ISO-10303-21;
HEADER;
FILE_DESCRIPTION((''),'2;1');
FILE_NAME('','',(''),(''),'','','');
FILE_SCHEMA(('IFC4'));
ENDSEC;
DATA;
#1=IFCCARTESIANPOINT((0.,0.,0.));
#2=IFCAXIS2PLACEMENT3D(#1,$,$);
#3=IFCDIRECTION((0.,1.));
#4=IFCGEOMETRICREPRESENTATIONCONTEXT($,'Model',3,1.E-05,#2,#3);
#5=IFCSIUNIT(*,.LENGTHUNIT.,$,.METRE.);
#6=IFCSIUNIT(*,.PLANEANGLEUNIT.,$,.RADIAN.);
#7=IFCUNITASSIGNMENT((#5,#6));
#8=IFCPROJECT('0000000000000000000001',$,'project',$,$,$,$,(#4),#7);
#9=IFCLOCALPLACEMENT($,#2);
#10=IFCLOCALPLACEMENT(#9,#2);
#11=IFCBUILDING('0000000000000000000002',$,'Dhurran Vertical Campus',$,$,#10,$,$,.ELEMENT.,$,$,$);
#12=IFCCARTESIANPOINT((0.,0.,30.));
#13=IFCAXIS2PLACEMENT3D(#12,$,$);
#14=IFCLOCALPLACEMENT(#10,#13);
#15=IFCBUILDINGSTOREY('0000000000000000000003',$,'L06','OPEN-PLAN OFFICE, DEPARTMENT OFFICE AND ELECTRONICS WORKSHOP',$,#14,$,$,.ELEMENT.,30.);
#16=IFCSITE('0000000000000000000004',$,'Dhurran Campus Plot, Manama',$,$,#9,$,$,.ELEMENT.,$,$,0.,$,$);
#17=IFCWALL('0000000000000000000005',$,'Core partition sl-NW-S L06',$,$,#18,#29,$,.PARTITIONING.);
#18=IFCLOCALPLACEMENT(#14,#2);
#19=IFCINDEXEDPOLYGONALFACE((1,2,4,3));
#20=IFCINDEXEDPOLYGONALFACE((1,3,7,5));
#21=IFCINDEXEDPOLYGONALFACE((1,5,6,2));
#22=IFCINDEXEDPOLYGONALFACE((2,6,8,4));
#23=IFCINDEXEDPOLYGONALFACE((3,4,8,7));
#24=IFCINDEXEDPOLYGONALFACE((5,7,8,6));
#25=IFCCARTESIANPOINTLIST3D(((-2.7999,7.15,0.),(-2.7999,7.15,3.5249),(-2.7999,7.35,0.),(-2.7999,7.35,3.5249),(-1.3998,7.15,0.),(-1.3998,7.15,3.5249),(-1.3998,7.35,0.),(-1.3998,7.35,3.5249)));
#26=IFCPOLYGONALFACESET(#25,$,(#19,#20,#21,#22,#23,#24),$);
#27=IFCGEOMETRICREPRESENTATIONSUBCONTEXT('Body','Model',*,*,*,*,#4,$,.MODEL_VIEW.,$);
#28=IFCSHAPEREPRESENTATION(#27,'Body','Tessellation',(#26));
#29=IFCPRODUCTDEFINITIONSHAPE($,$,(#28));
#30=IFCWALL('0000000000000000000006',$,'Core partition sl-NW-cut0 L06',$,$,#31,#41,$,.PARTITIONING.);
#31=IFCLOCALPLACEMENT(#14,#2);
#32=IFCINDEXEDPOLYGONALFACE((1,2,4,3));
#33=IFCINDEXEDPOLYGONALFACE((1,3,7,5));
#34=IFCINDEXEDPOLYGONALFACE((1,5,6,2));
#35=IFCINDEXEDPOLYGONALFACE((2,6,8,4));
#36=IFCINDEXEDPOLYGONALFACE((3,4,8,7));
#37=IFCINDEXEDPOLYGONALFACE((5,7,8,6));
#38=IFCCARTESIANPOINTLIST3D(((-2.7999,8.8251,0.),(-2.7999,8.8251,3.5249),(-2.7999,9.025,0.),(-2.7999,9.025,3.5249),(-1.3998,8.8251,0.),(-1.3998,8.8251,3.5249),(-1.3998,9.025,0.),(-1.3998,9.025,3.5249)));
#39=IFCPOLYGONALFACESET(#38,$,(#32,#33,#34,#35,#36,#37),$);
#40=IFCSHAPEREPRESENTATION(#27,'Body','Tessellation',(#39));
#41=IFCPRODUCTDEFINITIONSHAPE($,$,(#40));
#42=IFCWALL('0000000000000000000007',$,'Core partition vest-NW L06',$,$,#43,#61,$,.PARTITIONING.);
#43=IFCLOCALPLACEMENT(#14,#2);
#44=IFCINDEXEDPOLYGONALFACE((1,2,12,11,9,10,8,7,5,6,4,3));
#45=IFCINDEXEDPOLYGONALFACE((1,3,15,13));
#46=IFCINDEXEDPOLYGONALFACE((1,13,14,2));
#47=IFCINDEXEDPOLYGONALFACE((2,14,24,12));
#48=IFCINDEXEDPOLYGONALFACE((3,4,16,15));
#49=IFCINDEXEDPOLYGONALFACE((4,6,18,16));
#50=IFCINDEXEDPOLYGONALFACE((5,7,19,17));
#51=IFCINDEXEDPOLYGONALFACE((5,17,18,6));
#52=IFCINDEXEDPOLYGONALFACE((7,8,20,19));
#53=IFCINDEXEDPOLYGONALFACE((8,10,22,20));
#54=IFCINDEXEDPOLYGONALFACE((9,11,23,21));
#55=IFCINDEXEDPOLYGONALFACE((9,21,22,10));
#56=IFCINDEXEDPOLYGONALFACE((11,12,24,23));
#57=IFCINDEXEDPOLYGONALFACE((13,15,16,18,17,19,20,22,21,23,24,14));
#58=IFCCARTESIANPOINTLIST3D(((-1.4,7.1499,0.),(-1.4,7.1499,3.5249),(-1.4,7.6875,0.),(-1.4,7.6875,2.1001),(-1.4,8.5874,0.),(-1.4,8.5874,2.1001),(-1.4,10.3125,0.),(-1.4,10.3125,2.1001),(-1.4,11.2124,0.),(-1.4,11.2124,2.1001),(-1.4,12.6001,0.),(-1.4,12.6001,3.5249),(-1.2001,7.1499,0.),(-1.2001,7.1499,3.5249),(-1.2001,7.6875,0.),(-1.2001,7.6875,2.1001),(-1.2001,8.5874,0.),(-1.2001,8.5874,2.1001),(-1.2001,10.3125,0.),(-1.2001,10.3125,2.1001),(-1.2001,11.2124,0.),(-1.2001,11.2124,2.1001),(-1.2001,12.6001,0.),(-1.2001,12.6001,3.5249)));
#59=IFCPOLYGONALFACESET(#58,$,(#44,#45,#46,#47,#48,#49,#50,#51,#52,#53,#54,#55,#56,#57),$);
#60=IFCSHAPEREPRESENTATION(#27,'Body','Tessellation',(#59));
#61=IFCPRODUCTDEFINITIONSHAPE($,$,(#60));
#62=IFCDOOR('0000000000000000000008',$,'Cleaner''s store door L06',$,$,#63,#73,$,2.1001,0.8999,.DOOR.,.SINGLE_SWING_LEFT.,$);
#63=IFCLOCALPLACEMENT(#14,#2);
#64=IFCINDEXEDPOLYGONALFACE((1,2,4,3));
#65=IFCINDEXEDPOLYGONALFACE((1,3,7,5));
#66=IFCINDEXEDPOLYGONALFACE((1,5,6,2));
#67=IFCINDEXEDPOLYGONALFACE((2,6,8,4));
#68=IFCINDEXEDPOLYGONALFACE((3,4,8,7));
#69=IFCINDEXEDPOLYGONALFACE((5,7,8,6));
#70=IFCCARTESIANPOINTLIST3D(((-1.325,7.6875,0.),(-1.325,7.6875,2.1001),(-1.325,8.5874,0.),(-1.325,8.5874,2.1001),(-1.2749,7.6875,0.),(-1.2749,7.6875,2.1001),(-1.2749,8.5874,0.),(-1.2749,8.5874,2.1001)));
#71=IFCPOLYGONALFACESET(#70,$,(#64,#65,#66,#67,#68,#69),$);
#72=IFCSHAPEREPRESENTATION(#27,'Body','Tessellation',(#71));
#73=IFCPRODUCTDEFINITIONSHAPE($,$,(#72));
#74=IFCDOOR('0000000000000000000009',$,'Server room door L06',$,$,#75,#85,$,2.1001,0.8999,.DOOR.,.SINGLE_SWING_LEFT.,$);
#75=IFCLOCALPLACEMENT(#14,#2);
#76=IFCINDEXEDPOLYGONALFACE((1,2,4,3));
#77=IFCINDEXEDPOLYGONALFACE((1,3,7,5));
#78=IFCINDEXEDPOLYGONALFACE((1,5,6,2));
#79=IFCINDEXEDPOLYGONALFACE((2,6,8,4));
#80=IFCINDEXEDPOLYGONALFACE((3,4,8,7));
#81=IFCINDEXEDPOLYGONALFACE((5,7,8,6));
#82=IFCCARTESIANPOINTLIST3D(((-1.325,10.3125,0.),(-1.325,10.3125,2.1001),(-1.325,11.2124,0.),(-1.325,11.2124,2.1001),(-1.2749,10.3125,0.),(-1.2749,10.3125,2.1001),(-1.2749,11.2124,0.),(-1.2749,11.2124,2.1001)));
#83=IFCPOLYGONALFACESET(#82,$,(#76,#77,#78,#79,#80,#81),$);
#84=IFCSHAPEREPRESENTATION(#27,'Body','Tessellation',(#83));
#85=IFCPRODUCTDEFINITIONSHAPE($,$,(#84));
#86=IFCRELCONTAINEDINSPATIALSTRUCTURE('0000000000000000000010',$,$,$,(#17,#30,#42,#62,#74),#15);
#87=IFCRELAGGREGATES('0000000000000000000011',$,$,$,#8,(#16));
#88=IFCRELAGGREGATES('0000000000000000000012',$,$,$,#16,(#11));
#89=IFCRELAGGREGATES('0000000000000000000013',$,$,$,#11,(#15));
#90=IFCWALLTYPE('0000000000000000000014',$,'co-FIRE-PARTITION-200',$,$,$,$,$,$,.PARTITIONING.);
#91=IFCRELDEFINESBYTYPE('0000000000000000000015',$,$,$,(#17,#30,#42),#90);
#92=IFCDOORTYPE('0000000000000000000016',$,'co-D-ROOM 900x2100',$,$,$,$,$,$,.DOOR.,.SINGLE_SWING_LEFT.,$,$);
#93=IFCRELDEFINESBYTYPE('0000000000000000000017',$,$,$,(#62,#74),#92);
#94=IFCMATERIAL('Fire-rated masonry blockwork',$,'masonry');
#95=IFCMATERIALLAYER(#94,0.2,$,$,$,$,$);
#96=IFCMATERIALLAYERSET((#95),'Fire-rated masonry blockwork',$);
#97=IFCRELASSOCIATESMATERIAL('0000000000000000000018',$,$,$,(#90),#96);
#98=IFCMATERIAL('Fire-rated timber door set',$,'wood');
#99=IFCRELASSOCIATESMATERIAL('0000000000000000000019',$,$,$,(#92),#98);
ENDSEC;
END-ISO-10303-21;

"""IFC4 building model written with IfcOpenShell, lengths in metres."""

from ifc_helpers import new_model, si_unit, direction, frame, frame_2d, origin, place, context, subcontext, project, spatial, rectangle, extrude, material, layer, layer_set, type_object, element, fill, save


model = new_model("IFC4")

# Units and contexts
model_context = context("Model", 3, precision=1e-05, world=origin(), true_north=direction((0.0, 1.0)))
body_context = subcontext(model_context, "Body", "Model", "MODEL_VIEW")
ifc_project = project(units=[si_unit("LENGTHUNIT", "METRE"), si_unit("PLANEANGLEUNIT", "RADIAN")], contexts=[model_context])

# Site, building, storey
site_placement = place(None, origin())
site = spatial("IfcSite", under=ifc_project, at=site_placement, Name="Dhurran Campus Plot, Manama", CompositionType="ELEMENT", RefElevation=0.0)
building_placement = place(site_placement, origin())
building = spatial("IfcBuilding", under=site, at=building_placement, Name="Dhurran Vertical Campus", CompositionType="ELEMENT")
storey_placement = place(building_placement, frame((0.0, 0.0, 30.0)))
storey = spatial("IfcBuildingStorey", under=building, at=storey_placement, Name="L06", Description="OPEN-PLAN OFFICE, DEPARTMENT OFFICE AND ELECTRONICS WORKSHOP", CompositionType="ELEMENT", Elevation=30.0)

# Walls
ifc_material_1 = material(Name="Fire-rated masonry blockwork", Category="masonry")
ifc_layer_1 = layer(ifc_material_1, 0.2)
ifc_layer_set_1 = layer_set([ifc_layer_1], Name="Fire-rated masonry blockwork")
wall_type_1 = type_object("IfcWallType", Name="co-FIRE-PARTITION-200", PredefinedType="PARTITIONING", material=ifc_layer_set_1)
for number, where, z_axis, x_axis, name in (
    (1, (-2.8, 7.25, 0.0), (0.0, 0.0, 1.0), (1.0, 0.0, 0.0), "Core partition sl-NW-S L06"),
    (2, (-2.8, 8.925, 0.0), (0.0, 0.0, 1.0), (1.0, 0.0, 0.0), "Core partition sl-NW-cut0 L06"),
):
    element("IfcWall", number, at=place(storey_placement, frame(where, z_axis=z_axis, x_axis=x_axis)), inside=storey, type_object=wall_type_1, Name=name, PredefinedType="PARTITIONING", context=body_context, shape_type="SweptSolid", body=[
        extrude(rectangle(XDim=1.4001, YDim=0.2, at=frame_2d((0.7002, 0.0))), origin(), (0.0, 0.0, 1.0), 3.5249),
    ])

# Wall, openings, doors
wall_1_placement = place(storey_placement, frame((-1.3, 7.1499, 0.0), z_axis=(0.0, 0.0, 1.0), x_axis=(0.0, 1.0, 0.0)))
wall_1 = element("IfcWall", 3, at=wall_1_placement, inside=storey, type_object=wall_type_1, Name="Core partition vest-NW L06", PredefinedType="PARTITIONING", context=body_context, shape_type="SweptSolid", body=[
    extrude(rectangle(XDim=5.4502, YDim=0.2, at=frame_2d((2.7251, 0.0))), origin(), (0.0, 0.0, 1.0), 3.5249),
])
opening_1_placement = place(wall_1_placement, frame((0.5376, 0.0, 0.0)))
opening_1 = element("IfcOpeningElement", 4, at=opening_1_placement, cuts=wall_1, PredefinedType="OPENING", context=body_context, shape_type="SweptSolid", body=[
    extrude(rectangle(XDim=0.8999, YDim=2.1001, at=frame_2d((0.45, 1.05))), frame((0.0, 0.1099, 0.0), z_axis=(0.0, -1.0, 0.0), x_axis=(1.0, 0.0, 0.0)), (0.0, 0.0, 1.0), 0.22),
])
opening_2_placement = place(wall_1_placement, frame((3.1626, 0.0, 0.0)))
opening_2 = element("IfcOpeningElement", 5, at=opening_2_placement, cuts=wall_1, PredefinedType="OPENING", context=body_context, shape_type="SweptSolid", body=[
    extrude(rectangle(XDim=0.8999, YDim=2.1001, at=frame_2d((0.45, 1.05))), frame((0.0, 0.1099, 0.0), z_axis=(0.0, -1.0, 0.0), x_axis=(1.0, 0.0, 0.0)), (0.0, 0.0, 1.0), 0.22),
])
ifc_material_2 = material(Name="Fire-rated timber door set", Category="wood")
door_type_1 = type_object("IfcDoorType", Name="co-D-ROOM 900x2100", OperationType="SINGLE_SWING_LEFT", PredefinedType="DOOR", material=ifc_material_2)
door_1_placement = place(opening_1_placement, origin())
door_1 = element("IfcDoor", 6, at=door_1_placement, inside=storey, type_object=door_type_1, Name="Cleaner's store door L06", OperationType="SINGLE_SWING_LEFT", OverallHeight=2.1001, OverallWidth=0.8999, PredefinedType="DOOR", context=body_context, shape_type="SweptSolid", body=[
    extrude(rectangle(XDim=0.8999, YDim=2.1001, at=frame_2d((0.45, 1.05))), frame((0.0, 0.0249, 0.0), z_axis=(0.0, -1.0, 0.0), x_axis=(1.0, 0.0, 0.0)), (0.0, 0.0, 1.0), 0.05),
])
fill(opening_1, door_1)
door_2_placement = place(opening_2_placement, origin())
door_2 = element("IfcDoor", 7, at=door_2_placement, inside=storey, type_object=door_type_1, Name="Server room door L06", OperationType="SINGLE_SWING_LEFT", OverallHeight=2.1001, OverallWidth=0.8999, PredefinedType="DOOR", context=body_context, shape_type="SweptSolid", body=[
    extrude(rectangle(XDim=0.8999, YDim=2.1001, at=frame_2d((0.45, 1.05))), frame((0.0, 0.0249, 0.0), z_axis=(0.0, -1.0, 0.0), x_axis=(1.0, 0.0, 0.0)), (0.0, 0.0, 1.0), 0.05),
])
fill(opening_2, door_2)

save(model, "model.ifc")
